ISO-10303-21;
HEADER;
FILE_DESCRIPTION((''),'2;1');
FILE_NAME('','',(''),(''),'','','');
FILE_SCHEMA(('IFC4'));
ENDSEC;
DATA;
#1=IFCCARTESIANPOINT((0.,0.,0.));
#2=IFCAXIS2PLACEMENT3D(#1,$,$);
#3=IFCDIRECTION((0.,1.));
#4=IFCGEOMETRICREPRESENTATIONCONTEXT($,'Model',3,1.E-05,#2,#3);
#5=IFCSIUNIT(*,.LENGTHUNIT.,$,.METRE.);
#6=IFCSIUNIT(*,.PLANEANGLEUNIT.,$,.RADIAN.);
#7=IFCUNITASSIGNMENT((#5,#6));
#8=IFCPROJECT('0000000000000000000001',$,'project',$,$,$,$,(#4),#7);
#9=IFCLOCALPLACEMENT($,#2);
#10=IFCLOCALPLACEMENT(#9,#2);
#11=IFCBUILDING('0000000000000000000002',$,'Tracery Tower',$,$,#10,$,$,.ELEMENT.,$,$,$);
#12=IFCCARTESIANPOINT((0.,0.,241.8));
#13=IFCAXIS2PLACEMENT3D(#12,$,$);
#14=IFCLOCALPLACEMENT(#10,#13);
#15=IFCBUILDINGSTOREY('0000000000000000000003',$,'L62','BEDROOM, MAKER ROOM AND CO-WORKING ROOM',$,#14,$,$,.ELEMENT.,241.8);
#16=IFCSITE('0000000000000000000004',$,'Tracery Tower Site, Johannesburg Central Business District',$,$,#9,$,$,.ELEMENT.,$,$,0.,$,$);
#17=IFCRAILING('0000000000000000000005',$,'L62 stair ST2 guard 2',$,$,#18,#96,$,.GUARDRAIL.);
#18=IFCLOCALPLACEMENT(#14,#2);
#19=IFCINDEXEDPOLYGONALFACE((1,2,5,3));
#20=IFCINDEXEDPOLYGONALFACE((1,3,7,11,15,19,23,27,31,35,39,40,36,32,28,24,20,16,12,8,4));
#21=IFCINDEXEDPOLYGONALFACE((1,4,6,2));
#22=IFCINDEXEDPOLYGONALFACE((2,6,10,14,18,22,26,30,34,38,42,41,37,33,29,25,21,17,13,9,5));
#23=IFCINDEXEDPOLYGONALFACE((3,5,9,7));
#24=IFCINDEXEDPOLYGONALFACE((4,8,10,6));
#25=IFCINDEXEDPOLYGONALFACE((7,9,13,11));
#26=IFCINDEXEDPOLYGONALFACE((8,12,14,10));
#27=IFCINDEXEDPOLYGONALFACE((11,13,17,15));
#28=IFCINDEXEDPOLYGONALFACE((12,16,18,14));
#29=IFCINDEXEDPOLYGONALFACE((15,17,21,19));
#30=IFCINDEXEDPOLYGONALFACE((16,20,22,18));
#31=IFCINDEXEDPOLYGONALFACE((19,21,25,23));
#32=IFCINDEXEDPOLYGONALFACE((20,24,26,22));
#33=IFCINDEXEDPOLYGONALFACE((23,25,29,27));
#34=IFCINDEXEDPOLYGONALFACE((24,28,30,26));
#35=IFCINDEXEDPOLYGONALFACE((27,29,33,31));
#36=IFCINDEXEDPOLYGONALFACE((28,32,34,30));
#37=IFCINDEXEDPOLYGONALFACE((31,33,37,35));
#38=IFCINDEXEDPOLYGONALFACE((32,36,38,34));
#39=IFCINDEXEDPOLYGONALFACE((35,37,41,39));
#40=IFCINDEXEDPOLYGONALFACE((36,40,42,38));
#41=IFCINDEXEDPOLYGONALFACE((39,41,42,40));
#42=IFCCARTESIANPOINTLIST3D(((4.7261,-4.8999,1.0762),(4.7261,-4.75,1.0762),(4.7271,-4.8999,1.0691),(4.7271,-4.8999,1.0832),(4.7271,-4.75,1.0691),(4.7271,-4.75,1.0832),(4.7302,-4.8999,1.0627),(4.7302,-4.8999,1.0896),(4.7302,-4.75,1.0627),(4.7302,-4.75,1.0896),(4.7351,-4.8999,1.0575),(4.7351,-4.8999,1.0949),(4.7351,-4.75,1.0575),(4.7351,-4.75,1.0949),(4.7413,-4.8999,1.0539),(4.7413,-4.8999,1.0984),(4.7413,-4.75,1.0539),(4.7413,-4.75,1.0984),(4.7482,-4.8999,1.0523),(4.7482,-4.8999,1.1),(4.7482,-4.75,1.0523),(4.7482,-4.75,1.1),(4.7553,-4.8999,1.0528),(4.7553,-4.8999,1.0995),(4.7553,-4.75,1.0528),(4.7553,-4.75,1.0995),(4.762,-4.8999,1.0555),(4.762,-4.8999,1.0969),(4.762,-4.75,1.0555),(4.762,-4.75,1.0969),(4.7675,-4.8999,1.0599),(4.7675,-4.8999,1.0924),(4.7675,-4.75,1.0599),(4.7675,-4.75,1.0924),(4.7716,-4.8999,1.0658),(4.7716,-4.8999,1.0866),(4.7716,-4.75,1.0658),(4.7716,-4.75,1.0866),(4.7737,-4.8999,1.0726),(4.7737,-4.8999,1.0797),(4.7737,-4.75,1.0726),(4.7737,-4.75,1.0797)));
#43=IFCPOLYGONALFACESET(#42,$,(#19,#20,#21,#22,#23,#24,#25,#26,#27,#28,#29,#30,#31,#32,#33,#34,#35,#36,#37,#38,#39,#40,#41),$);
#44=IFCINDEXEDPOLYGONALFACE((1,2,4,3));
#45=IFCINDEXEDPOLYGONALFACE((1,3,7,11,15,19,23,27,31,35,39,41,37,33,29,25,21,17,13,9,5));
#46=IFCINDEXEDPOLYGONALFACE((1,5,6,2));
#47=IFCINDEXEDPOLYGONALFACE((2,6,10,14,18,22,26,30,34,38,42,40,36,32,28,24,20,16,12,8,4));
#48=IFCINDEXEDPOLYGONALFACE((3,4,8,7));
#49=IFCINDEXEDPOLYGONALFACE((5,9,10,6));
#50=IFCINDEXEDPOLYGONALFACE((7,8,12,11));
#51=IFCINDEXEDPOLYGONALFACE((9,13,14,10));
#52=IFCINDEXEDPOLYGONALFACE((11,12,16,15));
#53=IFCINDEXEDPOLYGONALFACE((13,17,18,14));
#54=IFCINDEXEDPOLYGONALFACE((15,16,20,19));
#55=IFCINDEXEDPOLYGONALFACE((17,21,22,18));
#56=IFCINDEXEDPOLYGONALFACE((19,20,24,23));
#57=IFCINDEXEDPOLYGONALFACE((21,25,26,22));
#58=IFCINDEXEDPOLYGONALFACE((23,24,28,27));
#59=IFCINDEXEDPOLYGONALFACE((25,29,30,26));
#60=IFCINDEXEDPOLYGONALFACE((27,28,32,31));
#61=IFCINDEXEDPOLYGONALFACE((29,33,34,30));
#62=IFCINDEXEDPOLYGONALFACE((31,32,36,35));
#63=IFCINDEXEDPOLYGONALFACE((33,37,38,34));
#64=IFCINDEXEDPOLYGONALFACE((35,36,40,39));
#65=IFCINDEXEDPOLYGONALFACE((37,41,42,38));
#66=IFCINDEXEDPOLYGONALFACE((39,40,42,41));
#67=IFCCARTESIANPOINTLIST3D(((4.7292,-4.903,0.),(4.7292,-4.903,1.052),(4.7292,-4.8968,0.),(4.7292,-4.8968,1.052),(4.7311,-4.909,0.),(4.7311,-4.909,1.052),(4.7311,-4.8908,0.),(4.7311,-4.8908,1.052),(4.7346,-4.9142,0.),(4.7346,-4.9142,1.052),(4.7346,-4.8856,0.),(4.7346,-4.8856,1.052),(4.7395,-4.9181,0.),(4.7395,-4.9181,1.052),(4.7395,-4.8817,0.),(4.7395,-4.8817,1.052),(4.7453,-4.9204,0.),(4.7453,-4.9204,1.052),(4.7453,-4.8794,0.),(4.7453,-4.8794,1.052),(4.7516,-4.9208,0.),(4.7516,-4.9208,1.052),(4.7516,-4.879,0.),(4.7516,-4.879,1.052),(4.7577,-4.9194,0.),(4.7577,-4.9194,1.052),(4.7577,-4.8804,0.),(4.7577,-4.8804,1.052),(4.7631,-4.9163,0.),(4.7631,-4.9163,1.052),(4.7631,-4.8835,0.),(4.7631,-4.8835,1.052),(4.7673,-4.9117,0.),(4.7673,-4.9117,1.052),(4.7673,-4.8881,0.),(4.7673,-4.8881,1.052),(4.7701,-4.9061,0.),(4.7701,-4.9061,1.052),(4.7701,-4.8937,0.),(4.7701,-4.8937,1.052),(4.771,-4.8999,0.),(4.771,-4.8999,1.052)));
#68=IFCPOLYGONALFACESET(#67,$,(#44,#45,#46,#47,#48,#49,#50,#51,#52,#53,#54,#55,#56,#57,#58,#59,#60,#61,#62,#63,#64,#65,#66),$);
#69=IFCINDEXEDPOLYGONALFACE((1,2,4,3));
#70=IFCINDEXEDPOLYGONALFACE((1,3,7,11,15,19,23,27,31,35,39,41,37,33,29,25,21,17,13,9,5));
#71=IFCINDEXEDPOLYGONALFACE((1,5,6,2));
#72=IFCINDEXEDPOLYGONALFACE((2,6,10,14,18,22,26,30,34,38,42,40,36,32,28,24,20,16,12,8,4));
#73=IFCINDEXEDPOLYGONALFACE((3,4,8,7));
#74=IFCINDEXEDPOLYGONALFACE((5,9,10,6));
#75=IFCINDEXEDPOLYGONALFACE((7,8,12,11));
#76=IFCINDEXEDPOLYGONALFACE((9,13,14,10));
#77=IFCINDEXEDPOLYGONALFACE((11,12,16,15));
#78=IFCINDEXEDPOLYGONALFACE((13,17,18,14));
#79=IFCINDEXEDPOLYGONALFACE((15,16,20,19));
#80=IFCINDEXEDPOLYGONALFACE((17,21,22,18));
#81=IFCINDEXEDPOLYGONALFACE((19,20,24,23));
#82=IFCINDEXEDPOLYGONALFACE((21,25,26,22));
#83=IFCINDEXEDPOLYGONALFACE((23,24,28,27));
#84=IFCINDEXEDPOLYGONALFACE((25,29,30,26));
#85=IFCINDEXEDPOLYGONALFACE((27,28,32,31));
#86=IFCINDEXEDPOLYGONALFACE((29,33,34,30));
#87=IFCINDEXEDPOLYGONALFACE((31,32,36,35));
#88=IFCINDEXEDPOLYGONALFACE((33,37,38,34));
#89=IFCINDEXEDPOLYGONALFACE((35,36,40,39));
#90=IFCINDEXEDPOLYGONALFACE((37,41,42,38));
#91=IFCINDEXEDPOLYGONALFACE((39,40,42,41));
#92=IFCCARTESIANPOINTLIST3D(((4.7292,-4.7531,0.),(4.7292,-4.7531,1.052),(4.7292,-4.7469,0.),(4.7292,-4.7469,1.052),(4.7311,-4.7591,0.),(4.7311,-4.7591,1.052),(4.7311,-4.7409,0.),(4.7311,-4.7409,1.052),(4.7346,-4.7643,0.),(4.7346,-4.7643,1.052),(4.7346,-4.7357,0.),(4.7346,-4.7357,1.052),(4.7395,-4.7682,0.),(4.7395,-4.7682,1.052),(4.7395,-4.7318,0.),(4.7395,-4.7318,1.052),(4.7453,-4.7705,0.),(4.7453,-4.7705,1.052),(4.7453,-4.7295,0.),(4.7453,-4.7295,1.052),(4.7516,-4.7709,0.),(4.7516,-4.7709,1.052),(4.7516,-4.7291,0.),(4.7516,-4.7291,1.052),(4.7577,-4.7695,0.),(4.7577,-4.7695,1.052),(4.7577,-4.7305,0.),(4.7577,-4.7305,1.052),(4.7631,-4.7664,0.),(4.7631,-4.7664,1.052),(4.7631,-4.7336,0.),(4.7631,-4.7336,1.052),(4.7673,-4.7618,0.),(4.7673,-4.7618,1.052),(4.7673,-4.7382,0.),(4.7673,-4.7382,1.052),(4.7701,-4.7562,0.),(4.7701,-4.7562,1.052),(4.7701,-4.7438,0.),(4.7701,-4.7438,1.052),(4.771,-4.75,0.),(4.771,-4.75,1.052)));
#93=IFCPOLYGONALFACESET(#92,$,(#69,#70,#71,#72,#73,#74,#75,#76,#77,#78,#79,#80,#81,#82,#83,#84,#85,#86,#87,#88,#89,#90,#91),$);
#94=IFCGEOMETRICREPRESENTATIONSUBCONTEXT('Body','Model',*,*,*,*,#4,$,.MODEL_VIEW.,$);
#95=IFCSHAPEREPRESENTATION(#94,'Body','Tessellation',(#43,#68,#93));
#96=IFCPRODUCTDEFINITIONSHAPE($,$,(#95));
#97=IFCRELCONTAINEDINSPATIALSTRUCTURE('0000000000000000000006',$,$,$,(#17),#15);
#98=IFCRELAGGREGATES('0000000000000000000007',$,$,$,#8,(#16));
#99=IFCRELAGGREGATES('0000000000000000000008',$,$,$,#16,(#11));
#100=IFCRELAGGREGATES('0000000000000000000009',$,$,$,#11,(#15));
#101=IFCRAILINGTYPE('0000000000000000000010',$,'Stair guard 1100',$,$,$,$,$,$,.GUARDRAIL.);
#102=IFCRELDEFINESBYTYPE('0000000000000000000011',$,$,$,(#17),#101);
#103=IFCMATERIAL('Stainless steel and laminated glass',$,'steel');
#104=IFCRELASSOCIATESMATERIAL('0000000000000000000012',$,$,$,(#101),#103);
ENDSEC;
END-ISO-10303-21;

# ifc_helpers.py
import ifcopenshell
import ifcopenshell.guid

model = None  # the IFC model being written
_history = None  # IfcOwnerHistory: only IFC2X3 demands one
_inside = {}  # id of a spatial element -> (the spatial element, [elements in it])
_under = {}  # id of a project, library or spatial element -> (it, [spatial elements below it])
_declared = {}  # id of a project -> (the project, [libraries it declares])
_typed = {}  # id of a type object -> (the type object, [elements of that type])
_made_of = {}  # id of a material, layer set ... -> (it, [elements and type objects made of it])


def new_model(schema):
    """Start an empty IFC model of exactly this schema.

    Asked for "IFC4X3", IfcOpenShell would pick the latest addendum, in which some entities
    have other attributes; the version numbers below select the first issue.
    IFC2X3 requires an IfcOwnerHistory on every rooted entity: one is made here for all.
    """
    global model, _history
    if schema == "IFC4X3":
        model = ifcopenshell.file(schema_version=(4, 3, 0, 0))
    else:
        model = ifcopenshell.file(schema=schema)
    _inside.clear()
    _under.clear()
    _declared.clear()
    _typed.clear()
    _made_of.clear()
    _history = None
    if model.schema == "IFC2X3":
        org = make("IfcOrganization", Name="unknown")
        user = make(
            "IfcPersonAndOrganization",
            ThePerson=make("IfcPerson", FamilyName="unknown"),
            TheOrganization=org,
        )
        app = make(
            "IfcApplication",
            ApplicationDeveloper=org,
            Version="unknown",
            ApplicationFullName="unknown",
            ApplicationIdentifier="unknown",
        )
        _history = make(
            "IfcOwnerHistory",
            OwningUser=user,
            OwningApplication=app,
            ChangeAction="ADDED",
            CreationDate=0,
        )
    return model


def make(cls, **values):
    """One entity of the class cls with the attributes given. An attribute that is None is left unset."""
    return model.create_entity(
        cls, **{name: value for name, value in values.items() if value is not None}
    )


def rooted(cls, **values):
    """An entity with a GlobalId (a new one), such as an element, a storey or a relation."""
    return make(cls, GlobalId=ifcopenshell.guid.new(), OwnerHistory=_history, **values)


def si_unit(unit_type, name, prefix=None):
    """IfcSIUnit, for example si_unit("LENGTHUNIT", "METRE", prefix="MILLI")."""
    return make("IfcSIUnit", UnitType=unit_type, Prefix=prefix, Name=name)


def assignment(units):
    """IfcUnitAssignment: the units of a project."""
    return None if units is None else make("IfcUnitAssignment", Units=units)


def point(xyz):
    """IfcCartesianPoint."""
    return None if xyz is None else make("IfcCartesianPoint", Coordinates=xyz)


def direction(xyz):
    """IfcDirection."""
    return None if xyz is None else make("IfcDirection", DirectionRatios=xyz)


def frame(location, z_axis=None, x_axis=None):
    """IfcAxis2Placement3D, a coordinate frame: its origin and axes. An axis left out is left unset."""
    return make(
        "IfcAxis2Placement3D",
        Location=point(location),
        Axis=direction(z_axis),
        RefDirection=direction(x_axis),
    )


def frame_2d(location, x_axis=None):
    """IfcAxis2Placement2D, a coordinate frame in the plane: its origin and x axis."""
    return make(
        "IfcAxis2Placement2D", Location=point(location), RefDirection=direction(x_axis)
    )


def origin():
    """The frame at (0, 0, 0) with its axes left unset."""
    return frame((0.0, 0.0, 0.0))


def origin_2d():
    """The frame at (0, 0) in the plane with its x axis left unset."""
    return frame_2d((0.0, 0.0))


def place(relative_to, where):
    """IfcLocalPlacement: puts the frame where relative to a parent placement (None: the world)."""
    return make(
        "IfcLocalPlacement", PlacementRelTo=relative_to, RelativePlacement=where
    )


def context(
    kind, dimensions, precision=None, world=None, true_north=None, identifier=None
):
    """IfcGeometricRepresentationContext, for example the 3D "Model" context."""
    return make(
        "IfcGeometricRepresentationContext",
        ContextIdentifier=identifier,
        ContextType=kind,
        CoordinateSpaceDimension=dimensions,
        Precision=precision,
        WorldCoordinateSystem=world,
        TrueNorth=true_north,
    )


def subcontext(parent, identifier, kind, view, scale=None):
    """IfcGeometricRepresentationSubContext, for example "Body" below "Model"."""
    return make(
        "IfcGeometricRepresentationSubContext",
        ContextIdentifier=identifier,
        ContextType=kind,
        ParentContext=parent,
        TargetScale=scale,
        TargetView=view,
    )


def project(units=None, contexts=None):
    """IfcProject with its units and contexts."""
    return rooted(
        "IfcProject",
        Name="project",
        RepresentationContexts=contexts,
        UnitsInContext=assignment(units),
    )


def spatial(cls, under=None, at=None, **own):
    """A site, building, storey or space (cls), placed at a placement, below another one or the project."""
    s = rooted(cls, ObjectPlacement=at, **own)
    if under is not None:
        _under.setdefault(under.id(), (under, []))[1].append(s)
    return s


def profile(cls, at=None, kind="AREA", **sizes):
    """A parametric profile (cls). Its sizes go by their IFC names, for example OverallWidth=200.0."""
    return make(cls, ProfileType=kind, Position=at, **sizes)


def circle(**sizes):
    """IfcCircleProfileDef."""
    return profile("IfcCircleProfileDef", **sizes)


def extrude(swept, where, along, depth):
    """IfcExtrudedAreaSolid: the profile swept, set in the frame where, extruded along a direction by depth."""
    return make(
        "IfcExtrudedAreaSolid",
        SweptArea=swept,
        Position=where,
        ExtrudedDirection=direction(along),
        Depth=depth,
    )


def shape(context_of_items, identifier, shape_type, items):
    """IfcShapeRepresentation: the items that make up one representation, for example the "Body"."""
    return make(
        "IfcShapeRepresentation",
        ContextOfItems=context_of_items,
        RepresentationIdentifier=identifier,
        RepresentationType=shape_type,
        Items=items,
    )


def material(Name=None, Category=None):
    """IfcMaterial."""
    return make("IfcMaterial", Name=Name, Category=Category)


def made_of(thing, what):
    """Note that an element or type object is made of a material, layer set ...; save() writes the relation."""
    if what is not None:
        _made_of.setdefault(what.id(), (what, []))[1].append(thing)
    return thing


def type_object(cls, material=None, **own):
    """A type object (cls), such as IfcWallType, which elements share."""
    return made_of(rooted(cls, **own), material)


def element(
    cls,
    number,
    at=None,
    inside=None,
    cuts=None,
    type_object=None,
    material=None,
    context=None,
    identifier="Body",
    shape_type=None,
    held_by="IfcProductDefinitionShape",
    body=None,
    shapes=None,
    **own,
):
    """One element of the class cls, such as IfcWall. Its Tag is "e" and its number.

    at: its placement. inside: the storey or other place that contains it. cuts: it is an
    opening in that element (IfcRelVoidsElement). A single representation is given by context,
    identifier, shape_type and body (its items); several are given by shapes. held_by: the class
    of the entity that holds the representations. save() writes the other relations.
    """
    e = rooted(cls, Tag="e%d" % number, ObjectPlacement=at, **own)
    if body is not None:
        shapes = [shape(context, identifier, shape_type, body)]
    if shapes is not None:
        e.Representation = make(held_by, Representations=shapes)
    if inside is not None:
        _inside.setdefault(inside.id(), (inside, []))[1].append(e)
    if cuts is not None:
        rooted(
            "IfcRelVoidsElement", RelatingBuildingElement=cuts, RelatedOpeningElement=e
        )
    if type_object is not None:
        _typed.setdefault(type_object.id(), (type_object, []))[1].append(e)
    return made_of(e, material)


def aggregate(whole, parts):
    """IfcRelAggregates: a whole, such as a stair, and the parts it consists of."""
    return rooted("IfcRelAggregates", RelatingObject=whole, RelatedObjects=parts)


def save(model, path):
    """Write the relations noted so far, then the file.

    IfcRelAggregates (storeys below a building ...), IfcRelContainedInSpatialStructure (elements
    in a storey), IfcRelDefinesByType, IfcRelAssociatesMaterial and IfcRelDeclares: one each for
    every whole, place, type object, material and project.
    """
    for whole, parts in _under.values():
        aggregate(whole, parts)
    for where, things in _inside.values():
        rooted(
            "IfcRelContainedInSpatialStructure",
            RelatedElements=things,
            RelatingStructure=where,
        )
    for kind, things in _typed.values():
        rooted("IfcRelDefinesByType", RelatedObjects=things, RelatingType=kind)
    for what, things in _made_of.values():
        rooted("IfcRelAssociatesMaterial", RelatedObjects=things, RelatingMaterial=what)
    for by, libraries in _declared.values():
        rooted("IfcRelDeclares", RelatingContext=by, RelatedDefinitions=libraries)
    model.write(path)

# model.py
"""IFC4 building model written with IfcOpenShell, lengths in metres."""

from ifc_helpers import new_model, si_unit, direction, frame, origin, origin_2d, place, context, subcontext, project, spatial, circle, extrude, material, type_object, element, save


model = new_model("IFC4")

# Units and contexts
model_context = context("Model", 3, precision=1e-05, world=origin(), true_north=direction((0.0, 1.0)))
body_context = subcontext(model_context, "Body", "Model", "MODEL_VIEW")
ifc_project = project(units=[si_unit("LENGTHUNIT", "METRE"), si_unit("PLANEANGLEUNIT", "RADIAN")], contexts=[model_context])

# Site, building, storey
site_placement = place(None, origin())
site = spatial("IfcSite", under=ifc_project, at=site_placement, Name="Tracery Tower Site, Johannesburg Central Business District", CompositionType="ELEMENT", RefElevation=0.0)
building_placement = place(site_placement, origin())
building = spatial("IfcBuilding", under=site, at=building_placement, Name="Tracery Tower", CompositionType="ELEMENT")
storey_placement = place(building_placement, frame((0.0, 0.0, 241.8)))
storey = spatial("IfcBuildingStorey", under=building, at=storey_placement, Name="L62", Description="BEDROOM, MAKER ROOM AND CO-WORKING ROOM", CompositionType="ELEMENT", Elevation=241.8)

# Railing
ifc_material_1 = material(Name="Stainless steel and laminated glass", Category="steel")
railing_type_1 = type_object("IfcRailingType", Name="Stair guard 1100", PredefinedType="GUARDRAIL", material=ifc_material_1)
railing_1_placement = place(storey_placement, frame((4.75, -4.8999, 0.0)))
element("IfcRailing", 1, at=railing_1_placement, inside=storey, type_object=railing_type_1, Name="L62 stair ST2 guard 2", PredefinedType="GUARDRAIL", context=body_context, shape_type="SweptSolid", body=[
    extrude(circle(Radius=0.0239, at=origin_2d()), frame((0.0, 0.0, 1.0762), z_axis=(0.0, 1.0, 0.0), x_axis=(-1.0, 0.0, 0.0)), (0.0, 0.0, 1.0), 0.1499),
    extrude(circle(Radius=0.021, at=origin_2d()), origin(), (0.0, 0.0, 1.0), 1.052),
    extrude(circle(Radius=0.021, at=origin_2d()), frame((0.0, 0.1499, 0.0)), (0.0, 0.0, 1.0), 1.052),
])

save(model, "model.ifc")
